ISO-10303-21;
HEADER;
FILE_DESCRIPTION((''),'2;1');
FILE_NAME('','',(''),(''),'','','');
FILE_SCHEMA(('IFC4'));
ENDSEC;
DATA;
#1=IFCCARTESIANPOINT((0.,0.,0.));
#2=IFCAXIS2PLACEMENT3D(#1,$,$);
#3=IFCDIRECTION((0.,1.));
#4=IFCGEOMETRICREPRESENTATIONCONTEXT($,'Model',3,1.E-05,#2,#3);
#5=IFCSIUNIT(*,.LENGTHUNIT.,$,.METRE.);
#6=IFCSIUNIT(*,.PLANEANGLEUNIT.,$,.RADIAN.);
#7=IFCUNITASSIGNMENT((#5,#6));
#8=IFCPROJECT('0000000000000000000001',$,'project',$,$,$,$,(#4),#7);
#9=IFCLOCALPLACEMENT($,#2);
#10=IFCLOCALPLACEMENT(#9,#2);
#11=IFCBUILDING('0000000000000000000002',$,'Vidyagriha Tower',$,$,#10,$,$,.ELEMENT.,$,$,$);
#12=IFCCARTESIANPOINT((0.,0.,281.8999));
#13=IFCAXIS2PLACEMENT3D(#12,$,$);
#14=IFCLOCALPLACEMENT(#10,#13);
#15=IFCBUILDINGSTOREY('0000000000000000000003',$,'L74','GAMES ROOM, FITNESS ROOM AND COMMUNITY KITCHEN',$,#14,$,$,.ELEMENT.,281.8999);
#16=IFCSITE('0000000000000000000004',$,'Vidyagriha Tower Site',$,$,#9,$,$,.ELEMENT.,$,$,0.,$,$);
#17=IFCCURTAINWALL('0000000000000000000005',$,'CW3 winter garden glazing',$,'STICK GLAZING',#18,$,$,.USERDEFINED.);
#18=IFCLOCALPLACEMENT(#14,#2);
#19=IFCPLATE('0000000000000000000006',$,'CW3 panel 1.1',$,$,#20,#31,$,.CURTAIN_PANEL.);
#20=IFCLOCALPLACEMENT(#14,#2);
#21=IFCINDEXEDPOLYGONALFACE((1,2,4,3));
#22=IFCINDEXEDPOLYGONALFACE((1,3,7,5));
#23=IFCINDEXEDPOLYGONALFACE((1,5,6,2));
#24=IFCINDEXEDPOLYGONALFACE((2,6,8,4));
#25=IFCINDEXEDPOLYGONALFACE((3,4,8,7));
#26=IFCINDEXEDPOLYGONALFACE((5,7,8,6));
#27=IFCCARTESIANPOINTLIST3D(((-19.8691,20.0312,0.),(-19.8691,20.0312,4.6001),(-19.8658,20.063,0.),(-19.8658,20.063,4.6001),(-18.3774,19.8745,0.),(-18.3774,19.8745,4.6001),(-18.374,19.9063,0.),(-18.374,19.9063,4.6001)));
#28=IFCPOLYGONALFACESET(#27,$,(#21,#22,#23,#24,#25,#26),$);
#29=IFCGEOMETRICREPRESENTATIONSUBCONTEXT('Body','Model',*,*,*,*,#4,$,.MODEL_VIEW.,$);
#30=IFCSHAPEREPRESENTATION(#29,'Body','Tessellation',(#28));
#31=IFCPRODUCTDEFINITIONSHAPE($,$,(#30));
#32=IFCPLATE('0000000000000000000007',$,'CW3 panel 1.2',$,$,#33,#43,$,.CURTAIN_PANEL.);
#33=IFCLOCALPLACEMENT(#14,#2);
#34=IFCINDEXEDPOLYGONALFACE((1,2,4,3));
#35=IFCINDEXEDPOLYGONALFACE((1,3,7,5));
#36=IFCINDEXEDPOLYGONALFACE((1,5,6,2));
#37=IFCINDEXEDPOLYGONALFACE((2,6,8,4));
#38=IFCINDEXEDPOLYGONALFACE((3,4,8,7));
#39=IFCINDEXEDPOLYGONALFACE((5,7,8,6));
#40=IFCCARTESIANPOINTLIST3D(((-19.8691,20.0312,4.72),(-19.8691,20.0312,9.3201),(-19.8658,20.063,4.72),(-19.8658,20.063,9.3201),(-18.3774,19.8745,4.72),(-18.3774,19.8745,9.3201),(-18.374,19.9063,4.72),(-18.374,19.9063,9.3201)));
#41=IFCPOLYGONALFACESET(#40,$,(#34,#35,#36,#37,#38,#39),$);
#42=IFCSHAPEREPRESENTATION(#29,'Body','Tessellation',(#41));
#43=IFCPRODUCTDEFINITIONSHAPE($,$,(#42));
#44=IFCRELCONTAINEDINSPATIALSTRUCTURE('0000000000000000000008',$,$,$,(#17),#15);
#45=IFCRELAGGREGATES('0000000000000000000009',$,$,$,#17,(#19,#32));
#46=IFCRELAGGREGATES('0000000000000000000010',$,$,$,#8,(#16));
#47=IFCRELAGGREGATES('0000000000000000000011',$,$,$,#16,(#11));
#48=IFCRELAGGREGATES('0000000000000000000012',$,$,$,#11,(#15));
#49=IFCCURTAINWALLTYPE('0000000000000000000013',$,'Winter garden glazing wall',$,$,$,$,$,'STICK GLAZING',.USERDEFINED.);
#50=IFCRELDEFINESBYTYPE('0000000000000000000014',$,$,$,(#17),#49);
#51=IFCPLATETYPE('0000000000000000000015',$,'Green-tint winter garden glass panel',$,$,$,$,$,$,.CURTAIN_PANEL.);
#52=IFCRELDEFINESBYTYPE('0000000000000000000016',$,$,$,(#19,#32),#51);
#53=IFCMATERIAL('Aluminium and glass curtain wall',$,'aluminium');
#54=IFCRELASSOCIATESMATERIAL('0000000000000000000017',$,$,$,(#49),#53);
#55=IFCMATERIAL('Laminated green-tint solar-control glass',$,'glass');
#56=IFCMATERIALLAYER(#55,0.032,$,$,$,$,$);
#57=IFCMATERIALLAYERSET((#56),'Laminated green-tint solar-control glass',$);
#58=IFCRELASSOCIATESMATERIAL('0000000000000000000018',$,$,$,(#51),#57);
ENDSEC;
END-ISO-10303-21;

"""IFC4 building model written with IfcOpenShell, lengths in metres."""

from ifc_helpers import new_model, si_unit, direction, frame, origin, origin_2d, place, context, subcontext, project, spatial, rectangle, extrude, material, layer, layer_set, type_object, element, aggregate, save


model = new_model("IFC4")

# Units and contexts
model_context = context("Model", 3, precision=1e-05, world=origin(), true_north=direction((0.0, 1.0)))
body_context = subcontext(model_context, "Body", "Model", "MODEL_VIEW")
ifc_project = project(units=[si_unit("LENGTHUNIT", "METRE"), si_unit("PLANEANGLEUNIT", "RADIAN")], contexts=[model_context])

# Site, building, storey
site_placement = place(None, origin())
site = spatial("IfcSite", under=ifc_project, at=site_placement, Name="Vidyagriha Tower Site", CompositionType="ELEMENT", RefElevation=0.0)
building_placement = place(site_placement, origin())
building = spatial("IfcBuilding", under=site, at=building_placement, Name="Vidyagriha Tower", CompositionType="ELEMENT")
storey_placement = place(building_placement, frame((0.0, 0.0, 281.8999)))
storey = spatial("IfcBuildingStorey", under=building, at=storey_placement, Name="L74", Description="GAMES ROOM, FITNESS ROOM AND COMMUNITY KITCHEN", CompositionType="ELEMENT", Elevation=281.8999)

# Shared definitions
ifc_material_1 = material(Name="Aluminium and glass curtain wall", Category="aluminium")
curtain_wall_type = type_object("IfcCurtainWallType", Name="Winter garden glazing wall", ElementType="STICK GLAZING", PredefinedType="USERDEFINED", material=ifc_material_1)

# Curtain wall
curtain_wall_1_placement = place(storey_placement, origin())
curtain_wall_1 = element("IfcCurtainWall", 1, at=curtain_wall_1_placement, inside=storey, type_object=curtain_wall_type, Name="CW3 winter garden glazing", ObjectType="STICK GLAZING", PredefinedType="USERDEFINED")

# Plates
ifc_material_2 = material(Name="Laminated green-tint solar-control glass", Category="glass")
ifc_layer = layer(ifc_material_2, 0.032)
ifc_layer_set = layer_set([ifc_layer], Name="Laminated green-tint solar-control glass")
plate_type = type_object("IfcPlateType", Name="Green-tint winter garden glass panel", PredefinedType="CURTAIN_PANEL", material=ifc_layer_set)
plate_1_placement = place(storey_placement, frame((-19.1216, 19.9688, 0.0), z_axis=(0.0, 0.0, 1.0), x_axis=(-0.994524, 0.104512, 0.0)))
plate_1 = element("IfcPlate", 2, at=plate_1_placement, type_object=plate_type, Name="CW3 panel 1.1", PredefinedType="CURTAIN_PANEL", context=body_context, shape_type="SweptSolid", body=[
    extrude(rectangle(XDim=1.5, YDim=0.032, at=origin_2d()), origin(), (0.0, 0.0, 1.0), 4.6001),
])
plate_2_placement = place(storey_placement, frame((-19.1216, 19.9688, 4.72), z_axis=(0.0, 0.0, 1.0), x_axis=(-0.994524, 0.104512, 0.0)))
plate_2 = element("IfcPlate", 3, at=plate_2_placement, type_object=plate_type, Name="CW3 panel 1.2", PredefinedType="CURTAIN_PANEL", context=body_context, shape_type="SweptSolid", body=[
    extrude(rectangle(XDim=1.5, YDim=0.032, at=origin_2d()), origin(), (0.0, 0.0, 1.0), 4.6001),
])
aggregate(curtain_wall_1, [plate_1, plate_2])

save(model, "model.ifc")
